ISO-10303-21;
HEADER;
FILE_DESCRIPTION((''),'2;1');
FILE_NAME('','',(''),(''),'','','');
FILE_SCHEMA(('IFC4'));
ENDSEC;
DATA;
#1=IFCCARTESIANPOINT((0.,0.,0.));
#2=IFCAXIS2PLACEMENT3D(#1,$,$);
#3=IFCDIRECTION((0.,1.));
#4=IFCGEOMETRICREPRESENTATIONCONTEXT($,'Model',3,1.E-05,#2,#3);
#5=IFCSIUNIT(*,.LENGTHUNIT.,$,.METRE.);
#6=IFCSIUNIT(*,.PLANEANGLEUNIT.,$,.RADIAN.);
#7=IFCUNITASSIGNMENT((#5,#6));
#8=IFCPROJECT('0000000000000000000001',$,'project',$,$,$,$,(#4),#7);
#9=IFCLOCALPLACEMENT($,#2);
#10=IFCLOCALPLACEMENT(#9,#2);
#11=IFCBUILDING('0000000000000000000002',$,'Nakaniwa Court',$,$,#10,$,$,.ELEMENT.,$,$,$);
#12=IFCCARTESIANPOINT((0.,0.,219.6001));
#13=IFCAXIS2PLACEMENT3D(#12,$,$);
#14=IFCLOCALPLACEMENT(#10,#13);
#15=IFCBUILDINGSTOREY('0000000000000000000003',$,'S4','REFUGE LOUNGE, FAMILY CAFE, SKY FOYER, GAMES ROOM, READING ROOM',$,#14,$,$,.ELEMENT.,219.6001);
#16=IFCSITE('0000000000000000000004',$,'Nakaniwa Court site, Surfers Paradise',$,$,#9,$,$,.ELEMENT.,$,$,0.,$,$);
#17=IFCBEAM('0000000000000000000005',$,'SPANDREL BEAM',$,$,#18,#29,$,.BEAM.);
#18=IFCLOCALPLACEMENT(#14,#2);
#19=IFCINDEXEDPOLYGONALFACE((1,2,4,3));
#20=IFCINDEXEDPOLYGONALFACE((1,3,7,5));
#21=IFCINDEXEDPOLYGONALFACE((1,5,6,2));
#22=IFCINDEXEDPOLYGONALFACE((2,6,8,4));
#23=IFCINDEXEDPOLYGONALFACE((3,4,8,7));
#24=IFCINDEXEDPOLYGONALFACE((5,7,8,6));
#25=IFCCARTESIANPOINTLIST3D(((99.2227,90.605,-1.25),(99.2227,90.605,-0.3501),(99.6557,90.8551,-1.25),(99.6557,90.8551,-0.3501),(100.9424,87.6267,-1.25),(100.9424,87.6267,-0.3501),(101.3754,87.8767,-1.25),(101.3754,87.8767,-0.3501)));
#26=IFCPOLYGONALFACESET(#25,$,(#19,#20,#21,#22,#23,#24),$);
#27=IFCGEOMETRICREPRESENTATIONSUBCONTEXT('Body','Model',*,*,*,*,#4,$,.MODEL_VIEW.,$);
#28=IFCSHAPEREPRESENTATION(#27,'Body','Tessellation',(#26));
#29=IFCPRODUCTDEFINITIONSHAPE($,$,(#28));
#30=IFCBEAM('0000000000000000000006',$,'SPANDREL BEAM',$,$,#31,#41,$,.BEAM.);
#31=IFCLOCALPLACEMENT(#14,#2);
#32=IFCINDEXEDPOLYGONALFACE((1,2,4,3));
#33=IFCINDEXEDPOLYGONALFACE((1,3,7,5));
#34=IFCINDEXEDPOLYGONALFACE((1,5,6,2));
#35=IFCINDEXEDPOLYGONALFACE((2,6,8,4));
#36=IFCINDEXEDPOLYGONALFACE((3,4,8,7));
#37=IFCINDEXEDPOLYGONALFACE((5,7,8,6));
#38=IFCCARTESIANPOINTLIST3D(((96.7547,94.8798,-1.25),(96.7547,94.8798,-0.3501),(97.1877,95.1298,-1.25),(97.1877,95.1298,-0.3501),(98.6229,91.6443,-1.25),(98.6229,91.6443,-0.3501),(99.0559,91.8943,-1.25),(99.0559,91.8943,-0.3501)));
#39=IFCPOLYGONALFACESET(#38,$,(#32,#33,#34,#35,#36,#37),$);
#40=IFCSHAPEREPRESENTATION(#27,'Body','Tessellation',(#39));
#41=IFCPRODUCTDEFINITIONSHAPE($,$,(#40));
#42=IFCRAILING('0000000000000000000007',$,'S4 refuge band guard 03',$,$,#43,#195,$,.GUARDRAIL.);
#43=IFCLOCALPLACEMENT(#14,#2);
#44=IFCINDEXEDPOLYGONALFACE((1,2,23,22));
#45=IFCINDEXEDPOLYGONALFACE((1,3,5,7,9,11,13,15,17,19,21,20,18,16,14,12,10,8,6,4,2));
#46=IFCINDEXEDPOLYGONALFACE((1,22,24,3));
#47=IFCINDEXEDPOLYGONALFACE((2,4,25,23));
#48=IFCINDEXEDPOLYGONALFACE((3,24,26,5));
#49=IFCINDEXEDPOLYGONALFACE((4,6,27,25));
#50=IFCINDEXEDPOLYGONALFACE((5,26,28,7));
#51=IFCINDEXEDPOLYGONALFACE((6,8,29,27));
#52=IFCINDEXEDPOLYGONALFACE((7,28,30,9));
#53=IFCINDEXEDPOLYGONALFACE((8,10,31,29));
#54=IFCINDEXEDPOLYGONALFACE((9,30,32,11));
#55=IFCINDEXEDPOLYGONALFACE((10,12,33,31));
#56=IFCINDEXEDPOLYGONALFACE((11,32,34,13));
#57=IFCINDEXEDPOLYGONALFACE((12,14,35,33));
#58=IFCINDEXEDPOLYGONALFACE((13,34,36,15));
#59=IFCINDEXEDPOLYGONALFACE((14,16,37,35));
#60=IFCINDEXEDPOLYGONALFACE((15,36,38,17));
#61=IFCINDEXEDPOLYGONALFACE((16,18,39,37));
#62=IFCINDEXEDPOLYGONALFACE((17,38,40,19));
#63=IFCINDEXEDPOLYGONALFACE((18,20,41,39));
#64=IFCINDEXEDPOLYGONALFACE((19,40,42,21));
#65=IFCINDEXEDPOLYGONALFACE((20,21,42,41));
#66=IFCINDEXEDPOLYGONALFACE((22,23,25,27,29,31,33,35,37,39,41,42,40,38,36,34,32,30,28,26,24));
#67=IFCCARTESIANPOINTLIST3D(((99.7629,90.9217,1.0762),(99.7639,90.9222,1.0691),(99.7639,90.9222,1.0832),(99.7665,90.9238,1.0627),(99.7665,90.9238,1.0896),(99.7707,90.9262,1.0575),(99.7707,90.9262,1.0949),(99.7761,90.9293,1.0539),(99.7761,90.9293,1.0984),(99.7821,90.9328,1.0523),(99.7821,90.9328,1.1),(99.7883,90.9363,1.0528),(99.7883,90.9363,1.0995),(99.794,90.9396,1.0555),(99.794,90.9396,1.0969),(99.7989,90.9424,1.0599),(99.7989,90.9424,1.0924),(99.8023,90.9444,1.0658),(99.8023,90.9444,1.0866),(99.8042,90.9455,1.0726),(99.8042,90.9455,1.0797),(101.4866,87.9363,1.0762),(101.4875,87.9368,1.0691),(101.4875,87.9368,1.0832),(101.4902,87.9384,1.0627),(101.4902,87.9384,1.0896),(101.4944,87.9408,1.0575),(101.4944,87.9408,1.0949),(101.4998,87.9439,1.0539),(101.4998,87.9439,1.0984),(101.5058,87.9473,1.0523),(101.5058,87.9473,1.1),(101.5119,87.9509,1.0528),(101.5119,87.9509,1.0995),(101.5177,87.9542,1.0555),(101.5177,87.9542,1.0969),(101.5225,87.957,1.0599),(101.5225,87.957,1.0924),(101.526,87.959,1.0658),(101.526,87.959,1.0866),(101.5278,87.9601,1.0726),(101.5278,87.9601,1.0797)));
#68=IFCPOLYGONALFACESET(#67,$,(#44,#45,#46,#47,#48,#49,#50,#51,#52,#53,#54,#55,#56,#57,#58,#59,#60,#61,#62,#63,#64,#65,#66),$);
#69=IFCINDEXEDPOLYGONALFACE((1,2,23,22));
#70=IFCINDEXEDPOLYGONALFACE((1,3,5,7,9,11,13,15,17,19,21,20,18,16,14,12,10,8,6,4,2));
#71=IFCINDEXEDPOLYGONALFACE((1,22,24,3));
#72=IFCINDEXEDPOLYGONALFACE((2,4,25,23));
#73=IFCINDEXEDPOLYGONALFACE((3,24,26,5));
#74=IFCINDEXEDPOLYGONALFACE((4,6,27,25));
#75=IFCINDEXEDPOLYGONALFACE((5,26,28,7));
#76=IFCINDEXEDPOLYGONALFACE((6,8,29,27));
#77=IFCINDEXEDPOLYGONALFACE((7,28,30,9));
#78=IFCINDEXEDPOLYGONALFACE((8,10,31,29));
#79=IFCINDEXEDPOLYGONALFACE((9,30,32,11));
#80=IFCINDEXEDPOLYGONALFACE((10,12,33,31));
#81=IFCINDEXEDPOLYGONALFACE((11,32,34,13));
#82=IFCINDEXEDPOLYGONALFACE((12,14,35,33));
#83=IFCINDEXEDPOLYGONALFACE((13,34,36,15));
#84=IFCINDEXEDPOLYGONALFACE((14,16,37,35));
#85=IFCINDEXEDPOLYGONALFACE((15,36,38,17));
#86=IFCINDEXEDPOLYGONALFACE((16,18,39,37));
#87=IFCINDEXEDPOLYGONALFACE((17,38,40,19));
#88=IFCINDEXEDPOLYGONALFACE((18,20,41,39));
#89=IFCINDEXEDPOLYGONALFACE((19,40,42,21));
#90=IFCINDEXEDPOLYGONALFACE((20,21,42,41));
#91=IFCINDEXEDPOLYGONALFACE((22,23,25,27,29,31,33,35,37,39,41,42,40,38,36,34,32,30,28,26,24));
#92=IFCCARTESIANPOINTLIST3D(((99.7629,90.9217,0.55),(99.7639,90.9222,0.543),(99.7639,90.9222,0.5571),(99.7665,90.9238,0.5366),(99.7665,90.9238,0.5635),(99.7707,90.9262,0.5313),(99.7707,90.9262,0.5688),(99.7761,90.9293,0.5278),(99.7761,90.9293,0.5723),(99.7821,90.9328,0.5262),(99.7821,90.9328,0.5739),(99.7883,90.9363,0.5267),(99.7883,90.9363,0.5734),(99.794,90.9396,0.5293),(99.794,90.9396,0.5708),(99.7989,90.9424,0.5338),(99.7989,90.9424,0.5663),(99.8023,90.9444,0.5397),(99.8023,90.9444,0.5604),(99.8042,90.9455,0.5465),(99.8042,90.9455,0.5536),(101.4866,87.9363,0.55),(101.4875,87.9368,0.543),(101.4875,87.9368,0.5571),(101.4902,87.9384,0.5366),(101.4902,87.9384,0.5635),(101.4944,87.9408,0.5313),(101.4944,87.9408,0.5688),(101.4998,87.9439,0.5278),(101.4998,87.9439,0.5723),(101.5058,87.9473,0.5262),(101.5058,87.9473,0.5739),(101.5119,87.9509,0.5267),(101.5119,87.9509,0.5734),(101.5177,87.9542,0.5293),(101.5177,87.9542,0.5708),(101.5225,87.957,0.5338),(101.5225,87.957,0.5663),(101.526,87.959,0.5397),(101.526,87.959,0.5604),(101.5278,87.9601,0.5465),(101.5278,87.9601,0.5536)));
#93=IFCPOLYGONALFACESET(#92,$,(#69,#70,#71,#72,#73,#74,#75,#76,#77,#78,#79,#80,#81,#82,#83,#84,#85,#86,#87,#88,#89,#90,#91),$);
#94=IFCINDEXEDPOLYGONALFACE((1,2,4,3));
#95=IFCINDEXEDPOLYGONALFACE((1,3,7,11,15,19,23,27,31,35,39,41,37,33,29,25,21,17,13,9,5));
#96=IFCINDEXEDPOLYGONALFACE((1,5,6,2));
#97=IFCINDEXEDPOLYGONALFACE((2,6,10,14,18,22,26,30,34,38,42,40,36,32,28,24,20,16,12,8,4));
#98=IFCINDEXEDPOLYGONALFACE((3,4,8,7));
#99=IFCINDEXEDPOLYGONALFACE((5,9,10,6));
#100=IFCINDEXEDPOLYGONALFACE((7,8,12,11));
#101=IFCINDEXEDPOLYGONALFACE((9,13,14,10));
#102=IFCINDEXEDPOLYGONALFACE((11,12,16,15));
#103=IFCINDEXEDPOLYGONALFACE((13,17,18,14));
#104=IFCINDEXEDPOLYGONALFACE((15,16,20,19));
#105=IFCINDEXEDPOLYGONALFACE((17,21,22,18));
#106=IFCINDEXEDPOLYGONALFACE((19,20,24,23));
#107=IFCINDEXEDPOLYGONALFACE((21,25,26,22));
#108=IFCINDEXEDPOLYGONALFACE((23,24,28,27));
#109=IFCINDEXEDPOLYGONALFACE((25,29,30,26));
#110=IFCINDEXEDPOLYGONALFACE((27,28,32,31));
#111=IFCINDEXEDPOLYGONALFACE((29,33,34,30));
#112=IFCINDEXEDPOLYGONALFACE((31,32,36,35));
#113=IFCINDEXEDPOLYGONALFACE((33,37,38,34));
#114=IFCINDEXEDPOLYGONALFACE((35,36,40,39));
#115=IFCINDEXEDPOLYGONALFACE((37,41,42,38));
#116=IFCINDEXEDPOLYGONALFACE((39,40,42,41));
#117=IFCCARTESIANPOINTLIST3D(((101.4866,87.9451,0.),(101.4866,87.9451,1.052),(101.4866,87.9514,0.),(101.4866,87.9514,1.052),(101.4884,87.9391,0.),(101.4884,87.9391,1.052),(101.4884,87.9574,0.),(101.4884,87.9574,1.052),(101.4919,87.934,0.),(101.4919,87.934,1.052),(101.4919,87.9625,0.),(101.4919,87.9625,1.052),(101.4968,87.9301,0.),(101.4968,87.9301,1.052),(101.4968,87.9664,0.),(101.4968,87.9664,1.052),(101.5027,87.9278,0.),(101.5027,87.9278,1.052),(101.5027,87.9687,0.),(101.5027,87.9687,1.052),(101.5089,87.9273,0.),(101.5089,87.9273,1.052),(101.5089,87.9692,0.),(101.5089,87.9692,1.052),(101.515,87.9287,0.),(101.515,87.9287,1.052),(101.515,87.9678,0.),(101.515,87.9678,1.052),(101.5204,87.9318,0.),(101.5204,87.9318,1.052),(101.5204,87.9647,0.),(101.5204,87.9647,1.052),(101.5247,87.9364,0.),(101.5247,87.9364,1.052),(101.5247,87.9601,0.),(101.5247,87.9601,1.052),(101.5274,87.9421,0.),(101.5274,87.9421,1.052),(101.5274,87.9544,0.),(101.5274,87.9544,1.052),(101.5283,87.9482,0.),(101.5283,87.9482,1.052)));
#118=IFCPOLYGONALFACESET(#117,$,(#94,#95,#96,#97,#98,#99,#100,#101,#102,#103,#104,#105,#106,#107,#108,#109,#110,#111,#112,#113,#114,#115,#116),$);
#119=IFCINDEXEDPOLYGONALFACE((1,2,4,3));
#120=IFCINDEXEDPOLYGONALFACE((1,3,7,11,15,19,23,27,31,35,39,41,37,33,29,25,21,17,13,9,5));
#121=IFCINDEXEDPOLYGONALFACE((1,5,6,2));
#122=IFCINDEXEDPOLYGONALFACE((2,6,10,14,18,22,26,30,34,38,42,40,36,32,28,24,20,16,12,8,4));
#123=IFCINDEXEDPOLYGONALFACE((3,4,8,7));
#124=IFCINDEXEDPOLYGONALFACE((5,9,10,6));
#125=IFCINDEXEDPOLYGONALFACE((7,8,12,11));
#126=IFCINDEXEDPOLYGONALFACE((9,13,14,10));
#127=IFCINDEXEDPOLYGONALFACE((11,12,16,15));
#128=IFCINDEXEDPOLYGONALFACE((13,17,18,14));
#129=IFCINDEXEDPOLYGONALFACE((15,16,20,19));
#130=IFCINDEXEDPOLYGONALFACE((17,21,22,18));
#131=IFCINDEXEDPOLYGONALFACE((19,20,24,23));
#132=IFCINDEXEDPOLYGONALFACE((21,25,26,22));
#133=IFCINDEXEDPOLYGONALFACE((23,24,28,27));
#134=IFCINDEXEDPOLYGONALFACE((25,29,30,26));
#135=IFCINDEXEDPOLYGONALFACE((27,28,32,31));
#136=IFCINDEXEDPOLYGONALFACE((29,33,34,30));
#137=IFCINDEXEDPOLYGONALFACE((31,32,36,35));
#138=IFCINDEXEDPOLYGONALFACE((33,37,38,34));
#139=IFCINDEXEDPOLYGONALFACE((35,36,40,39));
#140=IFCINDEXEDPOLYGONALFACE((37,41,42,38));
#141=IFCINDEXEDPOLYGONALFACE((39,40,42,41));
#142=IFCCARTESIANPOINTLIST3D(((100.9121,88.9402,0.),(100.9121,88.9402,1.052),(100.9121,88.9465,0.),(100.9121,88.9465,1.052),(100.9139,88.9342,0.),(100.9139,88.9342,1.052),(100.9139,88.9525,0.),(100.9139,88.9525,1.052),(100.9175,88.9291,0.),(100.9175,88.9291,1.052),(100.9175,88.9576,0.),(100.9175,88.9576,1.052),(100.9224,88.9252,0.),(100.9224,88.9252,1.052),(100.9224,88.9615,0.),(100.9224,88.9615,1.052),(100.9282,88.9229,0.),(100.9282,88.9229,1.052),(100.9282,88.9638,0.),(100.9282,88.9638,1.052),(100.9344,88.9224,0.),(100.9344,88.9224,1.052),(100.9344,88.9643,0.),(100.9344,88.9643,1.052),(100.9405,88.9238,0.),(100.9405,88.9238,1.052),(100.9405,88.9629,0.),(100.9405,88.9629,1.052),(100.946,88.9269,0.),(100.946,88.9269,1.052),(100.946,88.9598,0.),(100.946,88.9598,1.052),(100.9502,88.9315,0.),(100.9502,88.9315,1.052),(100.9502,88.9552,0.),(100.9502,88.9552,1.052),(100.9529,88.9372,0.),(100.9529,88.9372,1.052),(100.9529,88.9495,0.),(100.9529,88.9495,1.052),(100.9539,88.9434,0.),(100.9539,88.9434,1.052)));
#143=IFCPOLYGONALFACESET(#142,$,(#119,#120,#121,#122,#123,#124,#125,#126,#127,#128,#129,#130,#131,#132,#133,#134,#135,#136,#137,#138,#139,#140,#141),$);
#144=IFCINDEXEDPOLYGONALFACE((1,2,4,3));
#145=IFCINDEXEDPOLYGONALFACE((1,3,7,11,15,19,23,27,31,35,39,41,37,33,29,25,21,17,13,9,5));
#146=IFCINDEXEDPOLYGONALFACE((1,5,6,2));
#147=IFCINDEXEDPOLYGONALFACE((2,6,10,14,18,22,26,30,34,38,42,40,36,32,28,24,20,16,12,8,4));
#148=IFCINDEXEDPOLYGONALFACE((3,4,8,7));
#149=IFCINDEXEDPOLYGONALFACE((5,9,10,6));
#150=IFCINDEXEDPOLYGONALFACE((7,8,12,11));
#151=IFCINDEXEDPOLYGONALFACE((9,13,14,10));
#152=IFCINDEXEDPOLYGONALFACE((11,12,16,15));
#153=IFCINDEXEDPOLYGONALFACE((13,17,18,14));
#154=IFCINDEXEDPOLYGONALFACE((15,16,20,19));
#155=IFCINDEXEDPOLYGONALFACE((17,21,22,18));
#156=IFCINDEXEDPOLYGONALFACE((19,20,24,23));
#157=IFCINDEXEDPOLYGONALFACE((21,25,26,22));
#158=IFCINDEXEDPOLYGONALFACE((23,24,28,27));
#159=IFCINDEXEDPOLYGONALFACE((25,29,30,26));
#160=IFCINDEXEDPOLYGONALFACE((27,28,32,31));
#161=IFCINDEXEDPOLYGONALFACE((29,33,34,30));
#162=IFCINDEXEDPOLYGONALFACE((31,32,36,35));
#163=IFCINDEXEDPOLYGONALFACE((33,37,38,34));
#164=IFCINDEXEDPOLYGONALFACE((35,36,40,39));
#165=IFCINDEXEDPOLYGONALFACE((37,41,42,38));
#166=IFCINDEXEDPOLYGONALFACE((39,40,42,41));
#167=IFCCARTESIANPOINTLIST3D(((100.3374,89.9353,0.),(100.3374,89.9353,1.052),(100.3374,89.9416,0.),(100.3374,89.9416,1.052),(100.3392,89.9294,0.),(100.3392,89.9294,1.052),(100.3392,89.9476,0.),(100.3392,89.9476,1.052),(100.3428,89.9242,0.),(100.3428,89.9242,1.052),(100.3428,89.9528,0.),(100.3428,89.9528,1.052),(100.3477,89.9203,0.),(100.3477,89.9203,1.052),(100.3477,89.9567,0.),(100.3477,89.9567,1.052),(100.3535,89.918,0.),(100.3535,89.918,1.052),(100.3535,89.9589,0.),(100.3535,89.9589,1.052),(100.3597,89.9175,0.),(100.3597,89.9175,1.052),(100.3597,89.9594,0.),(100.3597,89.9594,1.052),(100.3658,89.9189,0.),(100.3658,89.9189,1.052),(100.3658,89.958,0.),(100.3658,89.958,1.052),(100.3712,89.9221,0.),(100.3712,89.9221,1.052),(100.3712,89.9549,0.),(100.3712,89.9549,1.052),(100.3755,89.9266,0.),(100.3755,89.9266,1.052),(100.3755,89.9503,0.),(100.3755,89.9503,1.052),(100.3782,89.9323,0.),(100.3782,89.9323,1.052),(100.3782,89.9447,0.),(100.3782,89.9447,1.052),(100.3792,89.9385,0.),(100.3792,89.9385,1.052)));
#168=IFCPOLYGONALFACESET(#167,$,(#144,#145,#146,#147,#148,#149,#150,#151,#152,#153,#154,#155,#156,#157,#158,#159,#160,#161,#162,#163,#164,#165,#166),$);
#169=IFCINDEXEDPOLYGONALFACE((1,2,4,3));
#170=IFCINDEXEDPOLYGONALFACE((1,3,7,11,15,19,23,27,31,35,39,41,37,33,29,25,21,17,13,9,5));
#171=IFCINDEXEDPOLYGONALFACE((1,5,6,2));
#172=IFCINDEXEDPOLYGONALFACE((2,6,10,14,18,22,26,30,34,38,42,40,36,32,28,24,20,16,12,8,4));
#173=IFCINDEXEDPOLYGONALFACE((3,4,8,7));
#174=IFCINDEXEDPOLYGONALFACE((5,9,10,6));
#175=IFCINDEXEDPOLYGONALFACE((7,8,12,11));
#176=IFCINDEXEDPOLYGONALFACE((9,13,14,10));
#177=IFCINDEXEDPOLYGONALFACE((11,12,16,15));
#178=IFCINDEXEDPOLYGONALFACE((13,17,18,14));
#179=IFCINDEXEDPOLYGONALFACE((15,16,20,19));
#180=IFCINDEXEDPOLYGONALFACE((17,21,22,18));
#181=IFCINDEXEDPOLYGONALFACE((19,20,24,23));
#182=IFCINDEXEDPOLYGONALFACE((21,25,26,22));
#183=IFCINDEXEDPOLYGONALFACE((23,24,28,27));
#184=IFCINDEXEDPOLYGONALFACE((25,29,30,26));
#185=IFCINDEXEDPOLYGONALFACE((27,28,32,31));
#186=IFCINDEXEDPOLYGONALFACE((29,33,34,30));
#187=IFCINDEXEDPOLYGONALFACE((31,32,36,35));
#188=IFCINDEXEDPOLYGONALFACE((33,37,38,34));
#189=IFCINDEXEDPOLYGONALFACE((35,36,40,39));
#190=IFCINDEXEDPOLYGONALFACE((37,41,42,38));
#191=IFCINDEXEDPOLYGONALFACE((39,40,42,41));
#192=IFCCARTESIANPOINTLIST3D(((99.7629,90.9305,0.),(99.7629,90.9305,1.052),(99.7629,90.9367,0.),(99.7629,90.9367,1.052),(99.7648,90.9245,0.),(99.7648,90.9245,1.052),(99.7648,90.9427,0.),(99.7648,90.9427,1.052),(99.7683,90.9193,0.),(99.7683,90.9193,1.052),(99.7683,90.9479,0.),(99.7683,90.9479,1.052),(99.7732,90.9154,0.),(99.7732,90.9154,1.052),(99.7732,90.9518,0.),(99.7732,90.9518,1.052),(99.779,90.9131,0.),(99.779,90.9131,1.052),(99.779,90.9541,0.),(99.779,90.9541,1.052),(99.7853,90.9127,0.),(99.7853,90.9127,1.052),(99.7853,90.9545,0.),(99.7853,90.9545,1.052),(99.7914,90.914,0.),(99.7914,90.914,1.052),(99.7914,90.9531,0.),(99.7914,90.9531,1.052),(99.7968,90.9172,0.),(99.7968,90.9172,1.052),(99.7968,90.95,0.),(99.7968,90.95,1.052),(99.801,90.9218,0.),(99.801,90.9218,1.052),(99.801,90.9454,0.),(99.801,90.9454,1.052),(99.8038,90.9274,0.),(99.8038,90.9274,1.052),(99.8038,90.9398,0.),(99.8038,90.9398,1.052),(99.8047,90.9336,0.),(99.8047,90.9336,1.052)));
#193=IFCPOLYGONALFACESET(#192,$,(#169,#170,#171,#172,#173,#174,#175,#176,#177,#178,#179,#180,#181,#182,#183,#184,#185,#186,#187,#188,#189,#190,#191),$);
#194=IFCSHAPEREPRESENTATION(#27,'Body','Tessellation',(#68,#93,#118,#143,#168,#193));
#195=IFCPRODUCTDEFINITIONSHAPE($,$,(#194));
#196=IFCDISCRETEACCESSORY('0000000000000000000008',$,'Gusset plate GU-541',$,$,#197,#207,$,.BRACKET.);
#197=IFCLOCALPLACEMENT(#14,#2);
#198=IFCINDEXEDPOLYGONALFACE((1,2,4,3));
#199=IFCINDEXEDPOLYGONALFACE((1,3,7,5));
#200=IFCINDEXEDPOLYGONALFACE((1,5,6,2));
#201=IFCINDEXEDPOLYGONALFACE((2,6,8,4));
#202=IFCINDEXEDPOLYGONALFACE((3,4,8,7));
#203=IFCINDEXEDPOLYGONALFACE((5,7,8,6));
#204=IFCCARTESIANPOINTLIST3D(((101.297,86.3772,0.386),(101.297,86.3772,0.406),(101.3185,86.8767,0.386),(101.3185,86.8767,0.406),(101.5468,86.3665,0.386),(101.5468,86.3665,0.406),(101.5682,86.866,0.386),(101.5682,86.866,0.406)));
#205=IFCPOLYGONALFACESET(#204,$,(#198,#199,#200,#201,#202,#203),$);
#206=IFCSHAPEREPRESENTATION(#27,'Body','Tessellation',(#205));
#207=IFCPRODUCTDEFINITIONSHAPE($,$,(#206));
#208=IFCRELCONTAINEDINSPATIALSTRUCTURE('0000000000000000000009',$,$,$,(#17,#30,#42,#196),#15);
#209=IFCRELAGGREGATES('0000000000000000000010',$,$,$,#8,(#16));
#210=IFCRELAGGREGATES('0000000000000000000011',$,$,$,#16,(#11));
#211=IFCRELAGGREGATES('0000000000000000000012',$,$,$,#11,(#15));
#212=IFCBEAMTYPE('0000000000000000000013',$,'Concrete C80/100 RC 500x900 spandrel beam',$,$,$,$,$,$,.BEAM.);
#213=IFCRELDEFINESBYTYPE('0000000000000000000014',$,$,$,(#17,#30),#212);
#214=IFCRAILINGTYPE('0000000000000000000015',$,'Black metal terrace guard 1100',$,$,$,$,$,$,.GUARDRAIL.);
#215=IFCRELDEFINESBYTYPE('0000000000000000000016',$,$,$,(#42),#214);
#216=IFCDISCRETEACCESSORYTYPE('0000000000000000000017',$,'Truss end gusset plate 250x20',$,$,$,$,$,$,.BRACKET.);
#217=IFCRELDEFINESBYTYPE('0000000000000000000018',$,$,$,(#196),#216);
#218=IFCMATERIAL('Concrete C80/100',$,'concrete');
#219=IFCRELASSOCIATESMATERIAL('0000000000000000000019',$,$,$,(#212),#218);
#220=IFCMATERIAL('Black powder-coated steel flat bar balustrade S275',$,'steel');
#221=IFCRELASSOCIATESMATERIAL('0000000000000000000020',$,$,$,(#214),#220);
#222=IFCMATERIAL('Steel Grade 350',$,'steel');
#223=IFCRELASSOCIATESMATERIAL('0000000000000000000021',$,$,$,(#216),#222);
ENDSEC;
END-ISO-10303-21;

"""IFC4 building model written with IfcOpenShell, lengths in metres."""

from ifc_helpers import new_model, si_unit, direction, frame, origin, origin_2d, place, context, subcontext, project, spatial, rectangle, circle, extrude, material, material_profile, profile_set, type_object, element, save


model = new_model("IFC4")

# Units and contexts
model_context = context("Model", 3, precision=1e-05, world=origin(), true_north=direction((0.0, 1.0)))
body_context = subcontext(model_context, "Body", "Model", "MODEL_VIEW")
ifc_project = project(units=[si_unit("LENGTHUNIT", "METRE"), si_unit("PLANEANGLEUNIT", "RADIAN")], contexts=[model_context])

# Site, building, storey
site_placement = place(None, origin())
site = spatial("IfcSite", under=ifc_project, at=site_placement, Name="Nakaniwa Court site, Surfers Paradise", CompositionType="ELEMENT", RefElevation=0.0)
building_placement = place(site_placement, origin())
building = spatial("IfcBuilding", under=site, at=building_placement, Name="Nakaniwa Court", CompositionType="ELEMENT")
storey_placement = place(building_placement, frame((0.0, 0.0, 219.6001)))
storey = spatial("IfcBuildingStorey", under=building, at=storey_placement, Name="S4", Description="REFUGE LOUNGE, FAMILY CAFE, SKY FOYER, GAMES ROOM, READING ROOM", CompositionType="ELEMENT", Elevation=219.6001)

# Shared definitions
ifc_material_1 = material(Name="Concrete C80/100", Category="concrete")

# Shared definitions
ifc_material_2 = material(Name="Steel Grade 350", Category="steel")

# Beams
ifc_material_profile_1 = material_profile(ifc_material_1, rectangle(XDim=0.5, YDim=0.8999, at=origin_2d()), Name="Concrete C80/100 RC 500x900 spandrel beam")
ifc_profile_set_1 = profile_set([ifc_material_profile_1], Name="Concrete C80/100")
beam_type = type_object("IfcBeamType", Name="Concrete C80/100 RC 500x900 spandrel beam", PredefinedType="BEAM", material=ifc_profile_set_1)
beam_1_placement = place(storey_placement, frame((101.1589, 87.7517, -0.8), z_axis=(-0.500048, 0.865998, 0.0), x_axis=(-0.865998, -0.500048, 0.0)))
element("IfcBeam", 1, at=beam_1_placement, inside=storey, type_object=beam_type, Name="SPANDREL BEAM", PredefinedType="BEAM", context=body_context, shape_type="SweptSolid", body=[
    extrude(rectangle(XDim=0.5, YDim=0.8999, at=origin_2d()), origin(), (0.0, 0.0, 1.0), 3.4392),
])
beam_2_placement = place(storey_placement, frame((98.8394, 91.7693, -0.8), z_axis=(-0.500018, 0.866015, 0.0), x_axis=(-0.866015, -0.500018, 0.0)))
element("IfcBeam", 2, at=beam_2_placement, inside=storey, type_object=beam_type, Name="SPANDREL BEAM", PredefinedType="BEAM", context=body_context, shape_type="SweptSolid", body=[
    extrude(rectangle(XDim=0.5, YDim=0.8999, at=origin_2d()), origin(), (0.0, 0.0, 1.0), 3.7361),
])

# Railing
ifc_material_3 = material(Name="Black powder-coated steel flat bar balustrade S275", Category="steel")
railing_type = type_object("IfcRailingType", Name="Black metal terrace guard 1100", PredefinedType="GUARDRAIL", material=ifc_material_3)
railing_placement = place(storey_placement, frame((101.5073, 87.9482, 0.0)))
element("IfcRailing", 3, at=railing_placement, inside=storey, type_object=railing_type, Name="S4 refuge band guard 03", PredefinedType="GUARDRAIL", context=body_context, shape_type="SweptSolid", body=[
    extrude(circle(Radius=0.0239, at=origin_2d()), frame((0.0, 0.0, 1.0762), z_axis=(-0.500009, 0.86602, 0.0), x_axis=(-0.86602, -0.500009, 0.0)), (0.0, 0.0, 1.0), 3.4473),
    extrude(circle(Radius=0.0239, at=origin_2d()), frame((0.0, 0.0, 0.55), z_axis=(-0.500009, 0.86602, 0.0), x_axis=(-0.86602, -0.500009, 0.0)), (0.0, 0.0, 1.0), 3.4473),
    extrude(circle(Radius=0.021, at=origin_2d()), origin(), (0.0, 0.0, 1.0), 1.052),
    extrude(circle(Radius=0.021, at=origin_2d()), frame((-0.5745, 0.9951, 0.0)), (0.0, 0.0, 1.0), 1.052),
    extrude(circle(Radius=0.021, at=origin_2d()), frame((-1.1492, 1.9902, 0.0)), (0.0, 0.0, 1.0), 1.052),
    extrude(circle(Radius=0.021, at=origin_2d()), frame((-1.7236, 2.9854, 0.0)), (0.0, 0.0, 1.0), 1.052),
])

# Discrete accessory
ifc_material_profile_2 = material_profile(ifc_material_2, rectangle(XDim=0.25, YDim=0.02, at=origin_2d()), Name="Truss end gusset plate 250x20")
ifc_profile_set_2 = profile_set([ifc_material_profile_2], Name="Steel Grade 350")
discrete_accessory_type = type_object("IfcDiscreteAccessoryType", Name="Truss end gusset plate 250x20", PredefinedType="BRACKET", material=ifc_profile_set_2)
for number, where, z_axis, x_axis, name in (
    (4, (101.4219, 86.3718, 0.396), (0.042971, 0.999076, 0.0), (-0.999076, 0.042971, 0.0), "Gusset plate GU-541"),
):
    element("IfcDiscreteAccessory", number, at=place(storey_placement, frame(where, z_axis=z_axis, x_axis=x_axis)), inside=storey, type_object=discrete_accessory_type, Name=name, PredefinedType="BRACKET", context=body_context, shape_type="SweptSolid", body=[
        extrude(rectangle(XDim=0.25, YDim=0.02, at=origin_2d()), origin(), (0.0, 0.0, 1.0), 0.5),
    ])

save(model, "model.ifc")
